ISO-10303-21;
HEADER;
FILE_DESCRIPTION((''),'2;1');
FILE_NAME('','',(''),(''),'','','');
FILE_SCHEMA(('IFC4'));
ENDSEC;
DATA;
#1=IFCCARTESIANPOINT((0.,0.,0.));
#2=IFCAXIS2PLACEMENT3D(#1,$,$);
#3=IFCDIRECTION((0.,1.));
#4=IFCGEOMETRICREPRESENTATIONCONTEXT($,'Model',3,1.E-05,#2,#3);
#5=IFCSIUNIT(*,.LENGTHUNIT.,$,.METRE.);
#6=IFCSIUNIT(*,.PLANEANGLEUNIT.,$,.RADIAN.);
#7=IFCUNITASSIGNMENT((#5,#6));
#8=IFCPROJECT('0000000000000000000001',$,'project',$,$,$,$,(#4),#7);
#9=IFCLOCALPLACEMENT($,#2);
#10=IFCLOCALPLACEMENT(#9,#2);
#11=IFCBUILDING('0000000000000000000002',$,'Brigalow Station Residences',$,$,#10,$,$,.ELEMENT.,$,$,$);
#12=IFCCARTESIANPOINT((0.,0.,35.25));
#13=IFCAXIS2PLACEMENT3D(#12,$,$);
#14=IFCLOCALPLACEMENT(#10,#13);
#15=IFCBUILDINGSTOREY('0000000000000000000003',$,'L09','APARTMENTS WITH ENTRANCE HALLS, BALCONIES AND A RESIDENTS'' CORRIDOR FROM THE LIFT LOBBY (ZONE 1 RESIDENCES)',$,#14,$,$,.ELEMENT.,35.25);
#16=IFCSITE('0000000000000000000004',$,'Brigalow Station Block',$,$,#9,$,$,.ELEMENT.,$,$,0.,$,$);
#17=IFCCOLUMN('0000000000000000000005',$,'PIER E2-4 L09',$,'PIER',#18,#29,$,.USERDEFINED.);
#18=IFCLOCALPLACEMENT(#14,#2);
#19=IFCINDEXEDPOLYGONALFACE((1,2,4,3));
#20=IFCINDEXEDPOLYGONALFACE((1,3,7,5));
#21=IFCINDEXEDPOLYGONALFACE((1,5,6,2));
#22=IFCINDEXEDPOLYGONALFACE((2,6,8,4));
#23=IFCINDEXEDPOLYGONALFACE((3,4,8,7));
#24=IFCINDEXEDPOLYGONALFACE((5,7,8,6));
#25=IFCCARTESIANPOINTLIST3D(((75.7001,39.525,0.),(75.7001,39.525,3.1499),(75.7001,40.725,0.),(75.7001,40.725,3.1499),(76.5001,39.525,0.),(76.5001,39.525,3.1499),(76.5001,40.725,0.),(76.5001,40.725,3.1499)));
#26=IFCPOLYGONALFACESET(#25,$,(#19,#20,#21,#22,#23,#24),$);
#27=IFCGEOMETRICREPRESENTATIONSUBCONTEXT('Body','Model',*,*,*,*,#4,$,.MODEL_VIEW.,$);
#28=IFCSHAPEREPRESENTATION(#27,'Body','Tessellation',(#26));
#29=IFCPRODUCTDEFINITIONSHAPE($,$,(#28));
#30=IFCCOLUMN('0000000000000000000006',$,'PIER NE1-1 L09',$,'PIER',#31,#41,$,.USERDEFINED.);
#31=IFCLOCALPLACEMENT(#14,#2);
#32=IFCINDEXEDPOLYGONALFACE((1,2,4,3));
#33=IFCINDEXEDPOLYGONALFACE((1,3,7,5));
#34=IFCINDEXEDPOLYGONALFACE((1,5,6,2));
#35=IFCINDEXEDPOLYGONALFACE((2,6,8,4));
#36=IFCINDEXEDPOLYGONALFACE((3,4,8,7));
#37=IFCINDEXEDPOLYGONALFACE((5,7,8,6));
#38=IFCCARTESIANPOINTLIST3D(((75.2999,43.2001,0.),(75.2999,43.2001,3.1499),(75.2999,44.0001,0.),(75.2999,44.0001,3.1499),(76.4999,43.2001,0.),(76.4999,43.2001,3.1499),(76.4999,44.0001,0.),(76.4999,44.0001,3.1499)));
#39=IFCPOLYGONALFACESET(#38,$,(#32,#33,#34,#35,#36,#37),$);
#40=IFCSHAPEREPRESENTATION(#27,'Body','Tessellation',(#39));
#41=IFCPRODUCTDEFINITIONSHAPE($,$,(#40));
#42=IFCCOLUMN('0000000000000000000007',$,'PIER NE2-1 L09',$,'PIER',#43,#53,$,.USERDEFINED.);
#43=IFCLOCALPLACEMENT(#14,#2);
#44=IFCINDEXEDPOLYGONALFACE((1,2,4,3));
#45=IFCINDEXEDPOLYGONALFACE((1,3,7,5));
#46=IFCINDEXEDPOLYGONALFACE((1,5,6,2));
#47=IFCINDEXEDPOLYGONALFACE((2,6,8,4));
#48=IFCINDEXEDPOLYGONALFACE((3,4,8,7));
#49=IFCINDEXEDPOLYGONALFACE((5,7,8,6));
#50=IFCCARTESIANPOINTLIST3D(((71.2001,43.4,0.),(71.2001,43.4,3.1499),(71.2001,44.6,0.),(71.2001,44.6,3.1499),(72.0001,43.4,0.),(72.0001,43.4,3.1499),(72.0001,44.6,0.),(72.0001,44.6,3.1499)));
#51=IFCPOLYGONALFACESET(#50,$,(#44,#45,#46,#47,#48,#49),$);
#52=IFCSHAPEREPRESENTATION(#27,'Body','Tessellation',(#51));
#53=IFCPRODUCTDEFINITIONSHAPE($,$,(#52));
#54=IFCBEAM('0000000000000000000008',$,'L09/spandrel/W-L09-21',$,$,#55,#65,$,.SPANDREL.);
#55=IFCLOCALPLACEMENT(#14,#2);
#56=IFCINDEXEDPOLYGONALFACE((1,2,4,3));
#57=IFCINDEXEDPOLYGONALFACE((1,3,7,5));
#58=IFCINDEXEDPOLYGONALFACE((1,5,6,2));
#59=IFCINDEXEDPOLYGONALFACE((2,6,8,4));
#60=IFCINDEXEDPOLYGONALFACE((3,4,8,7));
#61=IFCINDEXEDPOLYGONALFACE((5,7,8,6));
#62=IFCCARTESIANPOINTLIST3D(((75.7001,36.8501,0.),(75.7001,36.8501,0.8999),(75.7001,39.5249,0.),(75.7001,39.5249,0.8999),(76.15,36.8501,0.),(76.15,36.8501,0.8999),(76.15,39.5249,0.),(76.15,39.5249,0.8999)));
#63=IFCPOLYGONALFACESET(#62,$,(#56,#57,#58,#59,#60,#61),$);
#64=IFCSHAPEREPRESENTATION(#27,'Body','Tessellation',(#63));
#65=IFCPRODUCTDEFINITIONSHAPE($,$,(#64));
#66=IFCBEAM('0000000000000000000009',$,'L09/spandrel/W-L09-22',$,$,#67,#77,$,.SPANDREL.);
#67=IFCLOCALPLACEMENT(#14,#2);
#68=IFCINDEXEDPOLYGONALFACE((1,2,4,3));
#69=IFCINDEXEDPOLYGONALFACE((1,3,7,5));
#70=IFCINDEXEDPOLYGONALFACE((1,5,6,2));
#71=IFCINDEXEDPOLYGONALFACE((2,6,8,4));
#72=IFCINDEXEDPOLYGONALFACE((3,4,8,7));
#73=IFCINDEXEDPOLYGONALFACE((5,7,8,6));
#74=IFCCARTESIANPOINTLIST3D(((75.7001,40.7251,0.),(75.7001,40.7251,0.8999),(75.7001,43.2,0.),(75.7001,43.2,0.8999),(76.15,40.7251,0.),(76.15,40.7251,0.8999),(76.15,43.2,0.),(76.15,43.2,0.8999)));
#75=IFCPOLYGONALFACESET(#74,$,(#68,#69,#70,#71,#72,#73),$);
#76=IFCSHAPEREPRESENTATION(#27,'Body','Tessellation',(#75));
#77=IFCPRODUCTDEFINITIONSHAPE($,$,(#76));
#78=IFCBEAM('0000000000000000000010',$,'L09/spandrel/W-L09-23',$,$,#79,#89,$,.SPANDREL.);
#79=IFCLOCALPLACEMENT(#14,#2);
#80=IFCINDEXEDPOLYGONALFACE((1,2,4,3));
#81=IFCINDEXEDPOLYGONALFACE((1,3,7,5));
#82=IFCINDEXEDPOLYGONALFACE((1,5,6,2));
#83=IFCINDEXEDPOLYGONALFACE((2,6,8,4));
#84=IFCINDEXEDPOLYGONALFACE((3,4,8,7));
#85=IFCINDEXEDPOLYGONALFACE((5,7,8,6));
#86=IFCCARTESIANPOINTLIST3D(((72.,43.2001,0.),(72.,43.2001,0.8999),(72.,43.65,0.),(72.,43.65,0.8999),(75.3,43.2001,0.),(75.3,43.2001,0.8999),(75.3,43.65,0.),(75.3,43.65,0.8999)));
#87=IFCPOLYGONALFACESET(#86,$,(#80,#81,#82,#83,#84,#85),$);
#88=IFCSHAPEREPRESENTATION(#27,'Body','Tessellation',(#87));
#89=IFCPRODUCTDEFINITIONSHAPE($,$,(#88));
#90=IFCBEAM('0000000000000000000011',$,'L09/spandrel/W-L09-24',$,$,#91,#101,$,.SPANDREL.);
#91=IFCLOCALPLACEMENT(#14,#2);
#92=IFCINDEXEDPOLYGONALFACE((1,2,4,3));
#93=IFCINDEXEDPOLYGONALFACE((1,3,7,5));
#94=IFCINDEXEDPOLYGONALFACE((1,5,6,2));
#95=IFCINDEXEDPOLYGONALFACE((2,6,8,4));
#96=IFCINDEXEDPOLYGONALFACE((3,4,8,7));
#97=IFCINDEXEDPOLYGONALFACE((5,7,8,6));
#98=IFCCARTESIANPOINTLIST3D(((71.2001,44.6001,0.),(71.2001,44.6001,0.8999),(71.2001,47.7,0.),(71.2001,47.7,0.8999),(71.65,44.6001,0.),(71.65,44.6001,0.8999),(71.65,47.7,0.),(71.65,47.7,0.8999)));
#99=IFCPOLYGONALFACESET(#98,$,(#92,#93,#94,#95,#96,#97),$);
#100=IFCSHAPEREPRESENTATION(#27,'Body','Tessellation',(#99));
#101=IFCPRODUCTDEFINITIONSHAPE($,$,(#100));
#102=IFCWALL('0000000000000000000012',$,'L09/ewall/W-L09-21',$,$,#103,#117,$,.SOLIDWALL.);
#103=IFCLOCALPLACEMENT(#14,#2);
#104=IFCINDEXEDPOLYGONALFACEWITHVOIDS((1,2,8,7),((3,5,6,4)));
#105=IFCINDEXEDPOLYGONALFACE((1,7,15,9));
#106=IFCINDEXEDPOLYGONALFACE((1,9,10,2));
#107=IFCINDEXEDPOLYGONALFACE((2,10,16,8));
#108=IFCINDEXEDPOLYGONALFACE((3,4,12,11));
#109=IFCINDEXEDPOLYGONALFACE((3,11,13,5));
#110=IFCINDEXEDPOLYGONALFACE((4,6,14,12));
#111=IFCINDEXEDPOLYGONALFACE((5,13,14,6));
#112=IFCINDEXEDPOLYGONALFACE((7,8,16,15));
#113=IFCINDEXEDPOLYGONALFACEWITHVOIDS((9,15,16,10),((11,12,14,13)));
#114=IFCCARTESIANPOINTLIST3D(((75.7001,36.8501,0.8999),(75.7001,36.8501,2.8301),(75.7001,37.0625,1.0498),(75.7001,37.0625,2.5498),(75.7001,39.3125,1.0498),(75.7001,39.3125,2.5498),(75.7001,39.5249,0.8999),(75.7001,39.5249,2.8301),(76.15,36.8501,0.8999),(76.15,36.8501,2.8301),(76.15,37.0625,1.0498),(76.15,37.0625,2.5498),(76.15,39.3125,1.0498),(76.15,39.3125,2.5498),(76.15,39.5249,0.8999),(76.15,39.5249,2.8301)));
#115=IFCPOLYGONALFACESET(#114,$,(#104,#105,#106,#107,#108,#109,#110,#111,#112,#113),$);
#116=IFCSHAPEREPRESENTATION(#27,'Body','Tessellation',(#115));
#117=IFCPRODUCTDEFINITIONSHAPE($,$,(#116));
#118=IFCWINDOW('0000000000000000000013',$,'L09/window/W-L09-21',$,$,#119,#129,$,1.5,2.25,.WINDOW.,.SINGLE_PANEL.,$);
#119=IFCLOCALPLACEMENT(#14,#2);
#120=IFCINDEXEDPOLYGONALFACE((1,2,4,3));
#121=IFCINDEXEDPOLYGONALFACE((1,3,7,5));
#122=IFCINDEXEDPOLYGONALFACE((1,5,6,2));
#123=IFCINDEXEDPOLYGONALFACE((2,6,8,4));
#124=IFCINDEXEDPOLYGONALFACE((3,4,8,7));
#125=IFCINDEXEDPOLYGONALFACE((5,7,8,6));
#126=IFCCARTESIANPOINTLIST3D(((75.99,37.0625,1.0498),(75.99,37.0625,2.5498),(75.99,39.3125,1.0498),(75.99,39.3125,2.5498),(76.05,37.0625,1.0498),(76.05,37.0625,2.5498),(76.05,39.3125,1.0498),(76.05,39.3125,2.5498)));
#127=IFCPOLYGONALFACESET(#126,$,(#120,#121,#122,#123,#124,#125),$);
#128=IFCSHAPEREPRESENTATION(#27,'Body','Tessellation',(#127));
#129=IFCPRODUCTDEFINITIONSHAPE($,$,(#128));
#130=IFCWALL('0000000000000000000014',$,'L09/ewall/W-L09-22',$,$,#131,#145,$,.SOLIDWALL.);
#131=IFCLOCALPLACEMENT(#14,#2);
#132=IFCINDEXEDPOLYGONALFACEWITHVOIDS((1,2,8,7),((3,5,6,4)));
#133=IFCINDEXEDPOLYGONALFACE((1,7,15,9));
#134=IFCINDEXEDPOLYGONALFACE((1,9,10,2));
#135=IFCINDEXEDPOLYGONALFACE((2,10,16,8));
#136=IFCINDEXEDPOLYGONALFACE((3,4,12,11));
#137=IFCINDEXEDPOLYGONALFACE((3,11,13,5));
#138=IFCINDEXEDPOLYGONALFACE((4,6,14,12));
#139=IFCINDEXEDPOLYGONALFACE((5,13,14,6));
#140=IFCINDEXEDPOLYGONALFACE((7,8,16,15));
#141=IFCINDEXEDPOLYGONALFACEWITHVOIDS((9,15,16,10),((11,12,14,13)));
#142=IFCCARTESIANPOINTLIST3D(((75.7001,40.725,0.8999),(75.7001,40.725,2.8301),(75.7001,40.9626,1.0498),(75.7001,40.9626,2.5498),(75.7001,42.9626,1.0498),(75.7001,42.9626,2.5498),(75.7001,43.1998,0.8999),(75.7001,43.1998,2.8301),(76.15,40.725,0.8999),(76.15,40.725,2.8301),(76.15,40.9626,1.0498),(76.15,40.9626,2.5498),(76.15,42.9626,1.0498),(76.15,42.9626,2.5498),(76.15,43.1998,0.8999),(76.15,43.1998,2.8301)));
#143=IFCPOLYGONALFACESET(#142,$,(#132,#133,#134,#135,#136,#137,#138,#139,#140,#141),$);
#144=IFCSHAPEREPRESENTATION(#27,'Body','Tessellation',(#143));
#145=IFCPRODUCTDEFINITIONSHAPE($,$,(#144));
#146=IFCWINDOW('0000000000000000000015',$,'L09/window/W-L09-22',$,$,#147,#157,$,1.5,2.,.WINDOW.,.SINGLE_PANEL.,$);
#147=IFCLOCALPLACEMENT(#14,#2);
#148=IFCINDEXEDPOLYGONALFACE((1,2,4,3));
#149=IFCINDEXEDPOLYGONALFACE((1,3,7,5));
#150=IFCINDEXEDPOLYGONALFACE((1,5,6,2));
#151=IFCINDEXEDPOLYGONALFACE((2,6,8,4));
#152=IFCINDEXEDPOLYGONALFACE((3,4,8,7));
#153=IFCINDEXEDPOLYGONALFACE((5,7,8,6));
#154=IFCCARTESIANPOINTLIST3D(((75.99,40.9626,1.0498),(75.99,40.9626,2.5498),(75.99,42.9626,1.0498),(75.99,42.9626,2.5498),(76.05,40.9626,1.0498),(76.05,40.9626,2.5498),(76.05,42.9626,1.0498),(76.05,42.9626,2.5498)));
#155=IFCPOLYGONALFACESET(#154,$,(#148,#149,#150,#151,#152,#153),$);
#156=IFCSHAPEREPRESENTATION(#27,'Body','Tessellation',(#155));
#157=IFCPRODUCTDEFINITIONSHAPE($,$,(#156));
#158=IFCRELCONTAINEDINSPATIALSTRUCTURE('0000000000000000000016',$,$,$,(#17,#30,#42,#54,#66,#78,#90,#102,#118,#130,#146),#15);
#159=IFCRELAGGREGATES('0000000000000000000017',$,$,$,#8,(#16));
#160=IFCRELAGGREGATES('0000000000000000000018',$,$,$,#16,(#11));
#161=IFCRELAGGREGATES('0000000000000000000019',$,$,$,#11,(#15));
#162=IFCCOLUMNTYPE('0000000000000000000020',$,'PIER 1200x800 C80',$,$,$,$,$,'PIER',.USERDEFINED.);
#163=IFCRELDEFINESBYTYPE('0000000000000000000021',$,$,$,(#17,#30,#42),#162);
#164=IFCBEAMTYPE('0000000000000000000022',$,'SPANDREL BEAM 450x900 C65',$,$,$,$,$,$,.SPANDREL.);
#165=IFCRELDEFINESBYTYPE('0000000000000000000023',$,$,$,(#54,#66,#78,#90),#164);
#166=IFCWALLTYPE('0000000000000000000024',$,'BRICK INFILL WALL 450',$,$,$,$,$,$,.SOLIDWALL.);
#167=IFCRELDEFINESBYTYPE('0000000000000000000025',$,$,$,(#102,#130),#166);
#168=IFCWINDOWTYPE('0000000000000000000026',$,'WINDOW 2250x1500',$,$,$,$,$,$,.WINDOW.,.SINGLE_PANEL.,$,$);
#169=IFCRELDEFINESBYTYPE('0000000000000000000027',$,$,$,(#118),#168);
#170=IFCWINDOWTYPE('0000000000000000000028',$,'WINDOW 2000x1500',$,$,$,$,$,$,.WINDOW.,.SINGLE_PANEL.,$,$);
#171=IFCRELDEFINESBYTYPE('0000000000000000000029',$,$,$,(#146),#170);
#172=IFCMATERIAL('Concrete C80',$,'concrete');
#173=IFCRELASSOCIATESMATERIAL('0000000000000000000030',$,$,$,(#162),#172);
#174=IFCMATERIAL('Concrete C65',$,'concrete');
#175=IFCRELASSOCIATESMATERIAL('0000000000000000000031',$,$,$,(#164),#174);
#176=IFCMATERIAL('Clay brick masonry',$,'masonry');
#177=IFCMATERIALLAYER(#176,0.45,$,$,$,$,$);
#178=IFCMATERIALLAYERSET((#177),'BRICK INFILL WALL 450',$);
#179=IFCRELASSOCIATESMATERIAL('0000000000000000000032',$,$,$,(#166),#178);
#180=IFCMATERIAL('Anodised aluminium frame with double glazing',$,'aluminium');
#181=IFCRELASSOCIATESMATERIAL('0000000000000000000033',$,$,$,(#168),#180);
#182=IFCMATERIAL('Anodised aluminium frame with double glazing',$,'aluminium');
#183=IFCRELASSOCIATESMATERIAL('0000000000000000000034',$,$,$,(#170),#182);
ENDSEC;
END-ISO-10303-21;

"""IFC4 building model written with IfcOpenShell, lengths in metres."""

from ifc_helpers import new_model, si_unit, direction, frame, frame_2d, origin, origin_2d, place, context, subcontext, project, spatial, rectangle, extrude, material, layer, layer_set, material_profile, profile_set, type_object, element, fill, save


model = new_model("IFC4")

# Units and contexts
model_context = context("Model", 3, precision=1e-05, world=origin(), true_north=direction((0.0, 1.0)))
body_context = subcontext(model_context, "Body", "Model", "MODEL_VIEW")
ifc_project = project(units=[si_unit("LENGTHUNIT", "METRE"), si_unit("PLANEANGLEUNIT", "RADIAN")], contexts=[model_context])

# Site, building, storey
site_placement = place(None, origin())
site = spatial("IfcSite", under=ifc_project, at=site_placement, Name="Brigalow Station Block", CompositionType="ELEMENT", RefElevation=0.0)
building_placement = place(site_placement, origin())
building = spatial("IfcBuilding", under=site, at=building_placement, Name="Brigalow Station Residences", CompositionType="ELEMENT")
storey_placement = place(building_placement, frame((0.0, 0.0, 35.25)))
storey = spatial("IfcBuildingStorey", under=building, at=storey_placement, Name="L09", Description="APARTMENTS WITH ENTRANCE HALLS, BALCONIES AND A RESIDENTS' CORRIDOR FROM THE LIFT LOBBY (ZONE 1 RESIDENCES)", CompositionType="ELEMENT", Elevation=35.25)

# Columns
ifc_material_1 = material(Name="Concrete C80", Category="concrete")
ifc_material_profile_1 = material_profile(ifc_material_1, rectangle(XDim=1.2, YDim=0.8, at=origin_2d()), Name="RC1200x800")
ifc_profile_set_1 = profile_set([ifc_material_profile_1], Name="Concrete C80")
column_type = type_object("IfcColumnType", Name="PIER 1200x800 C80", ElementType="PIER", PredefinedType="USERDEFINED", material=ifc_profile_set_1)
for number, where, z_axis, x_axis, name in (
    (1, (76.1001, 40.125, 0.0), (0.0, 0.0, 1.0), (0.0, 1.0, 0.0), "PIER E2-4 L09"),
    (2, (75.8999, 43.6001, 0.0), (0.0, 0.0, 1.0), (-1.0, 0.0, 0.0), "PIER NE1-1 L09"),
    (3, (71.6001, 44.0, 0.0), (0.0, 0.0, 1.0), (0.0, 1.0, 0.0), "PIER NE2-1 L09"),
):
    element("IfcColumn", number, at=place(storey_placement, frame(where, z_axis=z_axis, x_axis=x_axis)), inside=storey, type_object=column_type, Name=name, ObjectType="PIER", PredefinedType="USERDEFINED", context=body_context, shape_type="SweptSolid", body=[
        extrude(rectangle(XDim=1.2, YDim=0.8, at=origin_2d()), origin(), (0.0, 0.0, 1.0), 3.1499),
    ])

# Beams
ifc_material_2 = material(Name="Concrete C65", Category="concrete")
ifc_material_profile_2 = material_profile(ifc_material_2, rectangle(XDim=0.45, YDim=0.8999, at=origin_2d()), Name="RC450x900")
ifc_profile_set_2 = profile_set([ifc_material_profile_2], Name="Concrete C65")
beam_type = type_object("IfcBeamType", Name="SPANDREL BEAM 450x900 C65", PredefinedType="SPANDREL", material=ifc_profile_set_2)
beam_1_placement = place(storey_placement, frame((75.925, 36.8501, 0.45), z_axis=(0.0, 1.0, 0.0), x_axis=(-1.0, 0.0, 0.0)))
element("IfcBeam", 4, at=beam_1_placement, inside=storey, type_object=beam_type, Name="L09/spandrel/W-L09-21", PredefinedType="SPANDREL", context=body_context, shape_type="SweptSolid", body=[
    extrude(rectangle(XDim=0.45, YDim=0.8999, at=origin_2d()), origin(), (0.0, 0.0, 1.0), 2.6748),
])
beam_2_placement = place(storey_placement, frame((75.925, 40.7251, 0.45), z_axis=(0.0, 1.0, 0.0), x_axis=(-1.0, 0.0, 0.0)))
element("IfcBeam", 5, at=beam_2_placement, inside=storey, type_object=beam_type, Name="L09/spandrel/W-L09-22", PredefinedType="SPANDREL", context=body_context, shape_type="SweptSolid", body=[
    extrude(rectangle(XDim=0.45, YDim=0.8999, at=origin_2d()), origin(), (0.0, 0.0, 1.0), 2.4749),
])
beam_3_placement = place(storey_placement, frame((75.3, 43.425, 0.45), z_axis=(-1.0, 0.0, 0.0), x_axis=(0.0, -1.0, 0.0)))
element("IfcBeam", 6, at=beam_3_placement, inside=storey, type_object=beam_type, Name="L09/spandrel/W-L09-23", PredefinedType="SPANDREL", context=body_context, shape_type="SweptSolid", body=[
    extrude(rectangle(XDim=0.45, YDim=0.8999, at=origin_2d()), origin(), (0.0, 0.0, 1.0), 3.3),
])
beam_4_placement = place(storey_placement, frame((71.425, 44.6001, 0.45), z_axis=(0.0, 1.0, 0.0), x_axis=(-1.0, 0.0, 0.0)))
element("IfcBeam", 7, at=beam_4_placement, inside=storey, type_object=beam_type, Name="L09/spandrel/W-L09-24", PredefinedType="SPANDREL", context=body_context, shape_type="SweptSolid", body=[
    extrude(rectangle(XDim=0.45, YDim=0.8999, at=origin_2d()), origin(), (0.0, 0.0, 1.0), 3.0999),
])

# Walls, openings, windows
ifc_material_3 = material(Name="Clay brick masonry", Category="masonry")
ifc_layer_1 = layer(ifc_material_3, 0.45)
ifc_layer_set_1 = layer_set([ifc_layer_1], Name="BRICK INFILL WALL 450")
wall_type_1 = type_object("IfcWallType", Name="BRICK INFILL WALL 450", PredefinedType="SOLIDWALL", material=ifc_layer_set_1)
wall_1_placement = place(storey_placement, frame((75.925, 36.8501, 0.8999), z_axis=(0.0, 0.0, 1.0), x_axis=(0.0, 1.0, 0.0)))
wall_1 = element("IfcWall", 8, at=wall_1_placement, inside=storey, type_object=wall_type_1, Name="L09/ewall/W-L09-21", PredefinedType="SOLIDWALL", context=body_context, shape_type="SweptSolid", body=[
    extrude(rectangle(XDim=2.6748, YDim=0.45, at=frame_2d((1.3374, 0.0))), origin(), (0.0, 0.0, 1.0), 1.9302),
])
opening_1_placement = place(wall_1_placement, frame((0.2124, 0.0, 0.1499)))
opening_1 = element("IfcOpeningElement", 9, at=opening_1_placement, cuts=wall_1, PredefinedType="OPENING", context=body_context, shape_type="SweptSolid", body=[
    extrude(rectangle(XDim=2.25, YDim=1.5, at=frame_2d((1.125, 0.75))), frame((0.0, 0.2349, 0.0), z_axis=(0.0, -1.0, 0.0), x_axis=(1.0, 0.0, 0.0)), (0.0, 0.0, 1.0), 0.47),
])
ifc_material_4 = material(Name="Anodised aluminium frame with double glazing", Category="aluminium")
window_type_1 = type_object("IfcWindowType", Name="WINDOW 2250x1500", PartitioningType="SINGLE_PANEL", PredefinedType="WINDOW", material=ifc_material_4)
window_1_placement = place(opening_1_placement, origin())
window_1 = element("IfcWindow", 10, at=window_1_placement, inside=storey, type_object=window_type_1, Name="L09/window/W-L09-21", OverallHeight=1.5, OverallWidth=2.25, PartitioningType="SINGLE_PANEL", PredefinedType="WINDOW", context=body_context, shape_type="SweptSolid", body=[
    extrude(rectangle(XDim=2.25, YDim=1.5, at=frame_2d((1.125, 0.75))), frame((0.0, -0.0649, 0.0), z_axis=(0.0, -1.0, 0.0), x_axis=(1.0, 0.0, 0.0)), (0.0, 0.0, 1.0), 0.0601),
])
fill(opening_1, window_1)
wall_2_placement = place(storey_placement, frame((75.925, 40.7251, 0.8999), z_axis=(0.0, 0.0, 1.0), x_axis=(0.0, 1.0, 0.0)))
wall_2 = element("IfcWall", 11, at=wall_2_placement, inside=storey, type_object=wall_type_1, Name="L09/ewall/W-L09-22", PredefinedType="SOLIDWALL", context=body_context, shape_type="SweptSolid", body=[
    extrude(rectangle(XDim=2.4749, YDim=0.45, at=frame_2d((1.2373, 0.0))), origin(), (0.0, 0.0, 1.0), 1.9302),
])
opening_2_placement = place(wall_2_placement, frame((0.2375, 0.0, 0.1499)))
opening_2 = element("IfcOpeningElement", 12, at=opening_2_placement, cuts=wall_2, PredefinedType="OPENING", context=body_context, shape_type="SweptSolid", body=[
    extrude(rectangle(XDim=2.0, YDim=1.5, at=frame_2d((1.0, 0.75))), frame((0.0, 0.2349, 0.0), z_axis=(0.0, -1.0, 0.0), x_axis=(1.0, 0.0, 0.0)), (0.0, 0.0, 1.0), 0.47),
])
ifc_material_5 = material(Name="Anodised aluminium frame with double glazing", Category="aluminium")
window_type_2 = type_object("IfcWindowType", Name="WINDOW 2000x1500", PartitioningType="SINGLE_PANEL", PredefinedType="WINDOW", material=ifc_material_5)
window_2_placement = place(opening_2_placement, origin())
window_2 = element("IfcWindow", 13, at=window_2_placement, inside=storey, type_object=window_type_2, Name="L09/window/W-L09-22", OverallHeight=1.5, OverallWidth=2.0, PartitioningType="SINGLE_PANEL", PredefinedType="WINDOW", context=body_context, shape_type="SweptSolid", body=[
    extrude(rectangle(XDim=2.0, YDim=1.5, at=frame_2d((1.0, 0.75))), frame((0.0, -0.0649, 0.0), z_axis=(0.0, -1.0, 0.0), x_axis=(1.0, 0.0, 0.0)), (0.0, 0.0, 1.0), 0.0601),
])
fill(opening_2, window_2)

save(model, "model.ifc")
